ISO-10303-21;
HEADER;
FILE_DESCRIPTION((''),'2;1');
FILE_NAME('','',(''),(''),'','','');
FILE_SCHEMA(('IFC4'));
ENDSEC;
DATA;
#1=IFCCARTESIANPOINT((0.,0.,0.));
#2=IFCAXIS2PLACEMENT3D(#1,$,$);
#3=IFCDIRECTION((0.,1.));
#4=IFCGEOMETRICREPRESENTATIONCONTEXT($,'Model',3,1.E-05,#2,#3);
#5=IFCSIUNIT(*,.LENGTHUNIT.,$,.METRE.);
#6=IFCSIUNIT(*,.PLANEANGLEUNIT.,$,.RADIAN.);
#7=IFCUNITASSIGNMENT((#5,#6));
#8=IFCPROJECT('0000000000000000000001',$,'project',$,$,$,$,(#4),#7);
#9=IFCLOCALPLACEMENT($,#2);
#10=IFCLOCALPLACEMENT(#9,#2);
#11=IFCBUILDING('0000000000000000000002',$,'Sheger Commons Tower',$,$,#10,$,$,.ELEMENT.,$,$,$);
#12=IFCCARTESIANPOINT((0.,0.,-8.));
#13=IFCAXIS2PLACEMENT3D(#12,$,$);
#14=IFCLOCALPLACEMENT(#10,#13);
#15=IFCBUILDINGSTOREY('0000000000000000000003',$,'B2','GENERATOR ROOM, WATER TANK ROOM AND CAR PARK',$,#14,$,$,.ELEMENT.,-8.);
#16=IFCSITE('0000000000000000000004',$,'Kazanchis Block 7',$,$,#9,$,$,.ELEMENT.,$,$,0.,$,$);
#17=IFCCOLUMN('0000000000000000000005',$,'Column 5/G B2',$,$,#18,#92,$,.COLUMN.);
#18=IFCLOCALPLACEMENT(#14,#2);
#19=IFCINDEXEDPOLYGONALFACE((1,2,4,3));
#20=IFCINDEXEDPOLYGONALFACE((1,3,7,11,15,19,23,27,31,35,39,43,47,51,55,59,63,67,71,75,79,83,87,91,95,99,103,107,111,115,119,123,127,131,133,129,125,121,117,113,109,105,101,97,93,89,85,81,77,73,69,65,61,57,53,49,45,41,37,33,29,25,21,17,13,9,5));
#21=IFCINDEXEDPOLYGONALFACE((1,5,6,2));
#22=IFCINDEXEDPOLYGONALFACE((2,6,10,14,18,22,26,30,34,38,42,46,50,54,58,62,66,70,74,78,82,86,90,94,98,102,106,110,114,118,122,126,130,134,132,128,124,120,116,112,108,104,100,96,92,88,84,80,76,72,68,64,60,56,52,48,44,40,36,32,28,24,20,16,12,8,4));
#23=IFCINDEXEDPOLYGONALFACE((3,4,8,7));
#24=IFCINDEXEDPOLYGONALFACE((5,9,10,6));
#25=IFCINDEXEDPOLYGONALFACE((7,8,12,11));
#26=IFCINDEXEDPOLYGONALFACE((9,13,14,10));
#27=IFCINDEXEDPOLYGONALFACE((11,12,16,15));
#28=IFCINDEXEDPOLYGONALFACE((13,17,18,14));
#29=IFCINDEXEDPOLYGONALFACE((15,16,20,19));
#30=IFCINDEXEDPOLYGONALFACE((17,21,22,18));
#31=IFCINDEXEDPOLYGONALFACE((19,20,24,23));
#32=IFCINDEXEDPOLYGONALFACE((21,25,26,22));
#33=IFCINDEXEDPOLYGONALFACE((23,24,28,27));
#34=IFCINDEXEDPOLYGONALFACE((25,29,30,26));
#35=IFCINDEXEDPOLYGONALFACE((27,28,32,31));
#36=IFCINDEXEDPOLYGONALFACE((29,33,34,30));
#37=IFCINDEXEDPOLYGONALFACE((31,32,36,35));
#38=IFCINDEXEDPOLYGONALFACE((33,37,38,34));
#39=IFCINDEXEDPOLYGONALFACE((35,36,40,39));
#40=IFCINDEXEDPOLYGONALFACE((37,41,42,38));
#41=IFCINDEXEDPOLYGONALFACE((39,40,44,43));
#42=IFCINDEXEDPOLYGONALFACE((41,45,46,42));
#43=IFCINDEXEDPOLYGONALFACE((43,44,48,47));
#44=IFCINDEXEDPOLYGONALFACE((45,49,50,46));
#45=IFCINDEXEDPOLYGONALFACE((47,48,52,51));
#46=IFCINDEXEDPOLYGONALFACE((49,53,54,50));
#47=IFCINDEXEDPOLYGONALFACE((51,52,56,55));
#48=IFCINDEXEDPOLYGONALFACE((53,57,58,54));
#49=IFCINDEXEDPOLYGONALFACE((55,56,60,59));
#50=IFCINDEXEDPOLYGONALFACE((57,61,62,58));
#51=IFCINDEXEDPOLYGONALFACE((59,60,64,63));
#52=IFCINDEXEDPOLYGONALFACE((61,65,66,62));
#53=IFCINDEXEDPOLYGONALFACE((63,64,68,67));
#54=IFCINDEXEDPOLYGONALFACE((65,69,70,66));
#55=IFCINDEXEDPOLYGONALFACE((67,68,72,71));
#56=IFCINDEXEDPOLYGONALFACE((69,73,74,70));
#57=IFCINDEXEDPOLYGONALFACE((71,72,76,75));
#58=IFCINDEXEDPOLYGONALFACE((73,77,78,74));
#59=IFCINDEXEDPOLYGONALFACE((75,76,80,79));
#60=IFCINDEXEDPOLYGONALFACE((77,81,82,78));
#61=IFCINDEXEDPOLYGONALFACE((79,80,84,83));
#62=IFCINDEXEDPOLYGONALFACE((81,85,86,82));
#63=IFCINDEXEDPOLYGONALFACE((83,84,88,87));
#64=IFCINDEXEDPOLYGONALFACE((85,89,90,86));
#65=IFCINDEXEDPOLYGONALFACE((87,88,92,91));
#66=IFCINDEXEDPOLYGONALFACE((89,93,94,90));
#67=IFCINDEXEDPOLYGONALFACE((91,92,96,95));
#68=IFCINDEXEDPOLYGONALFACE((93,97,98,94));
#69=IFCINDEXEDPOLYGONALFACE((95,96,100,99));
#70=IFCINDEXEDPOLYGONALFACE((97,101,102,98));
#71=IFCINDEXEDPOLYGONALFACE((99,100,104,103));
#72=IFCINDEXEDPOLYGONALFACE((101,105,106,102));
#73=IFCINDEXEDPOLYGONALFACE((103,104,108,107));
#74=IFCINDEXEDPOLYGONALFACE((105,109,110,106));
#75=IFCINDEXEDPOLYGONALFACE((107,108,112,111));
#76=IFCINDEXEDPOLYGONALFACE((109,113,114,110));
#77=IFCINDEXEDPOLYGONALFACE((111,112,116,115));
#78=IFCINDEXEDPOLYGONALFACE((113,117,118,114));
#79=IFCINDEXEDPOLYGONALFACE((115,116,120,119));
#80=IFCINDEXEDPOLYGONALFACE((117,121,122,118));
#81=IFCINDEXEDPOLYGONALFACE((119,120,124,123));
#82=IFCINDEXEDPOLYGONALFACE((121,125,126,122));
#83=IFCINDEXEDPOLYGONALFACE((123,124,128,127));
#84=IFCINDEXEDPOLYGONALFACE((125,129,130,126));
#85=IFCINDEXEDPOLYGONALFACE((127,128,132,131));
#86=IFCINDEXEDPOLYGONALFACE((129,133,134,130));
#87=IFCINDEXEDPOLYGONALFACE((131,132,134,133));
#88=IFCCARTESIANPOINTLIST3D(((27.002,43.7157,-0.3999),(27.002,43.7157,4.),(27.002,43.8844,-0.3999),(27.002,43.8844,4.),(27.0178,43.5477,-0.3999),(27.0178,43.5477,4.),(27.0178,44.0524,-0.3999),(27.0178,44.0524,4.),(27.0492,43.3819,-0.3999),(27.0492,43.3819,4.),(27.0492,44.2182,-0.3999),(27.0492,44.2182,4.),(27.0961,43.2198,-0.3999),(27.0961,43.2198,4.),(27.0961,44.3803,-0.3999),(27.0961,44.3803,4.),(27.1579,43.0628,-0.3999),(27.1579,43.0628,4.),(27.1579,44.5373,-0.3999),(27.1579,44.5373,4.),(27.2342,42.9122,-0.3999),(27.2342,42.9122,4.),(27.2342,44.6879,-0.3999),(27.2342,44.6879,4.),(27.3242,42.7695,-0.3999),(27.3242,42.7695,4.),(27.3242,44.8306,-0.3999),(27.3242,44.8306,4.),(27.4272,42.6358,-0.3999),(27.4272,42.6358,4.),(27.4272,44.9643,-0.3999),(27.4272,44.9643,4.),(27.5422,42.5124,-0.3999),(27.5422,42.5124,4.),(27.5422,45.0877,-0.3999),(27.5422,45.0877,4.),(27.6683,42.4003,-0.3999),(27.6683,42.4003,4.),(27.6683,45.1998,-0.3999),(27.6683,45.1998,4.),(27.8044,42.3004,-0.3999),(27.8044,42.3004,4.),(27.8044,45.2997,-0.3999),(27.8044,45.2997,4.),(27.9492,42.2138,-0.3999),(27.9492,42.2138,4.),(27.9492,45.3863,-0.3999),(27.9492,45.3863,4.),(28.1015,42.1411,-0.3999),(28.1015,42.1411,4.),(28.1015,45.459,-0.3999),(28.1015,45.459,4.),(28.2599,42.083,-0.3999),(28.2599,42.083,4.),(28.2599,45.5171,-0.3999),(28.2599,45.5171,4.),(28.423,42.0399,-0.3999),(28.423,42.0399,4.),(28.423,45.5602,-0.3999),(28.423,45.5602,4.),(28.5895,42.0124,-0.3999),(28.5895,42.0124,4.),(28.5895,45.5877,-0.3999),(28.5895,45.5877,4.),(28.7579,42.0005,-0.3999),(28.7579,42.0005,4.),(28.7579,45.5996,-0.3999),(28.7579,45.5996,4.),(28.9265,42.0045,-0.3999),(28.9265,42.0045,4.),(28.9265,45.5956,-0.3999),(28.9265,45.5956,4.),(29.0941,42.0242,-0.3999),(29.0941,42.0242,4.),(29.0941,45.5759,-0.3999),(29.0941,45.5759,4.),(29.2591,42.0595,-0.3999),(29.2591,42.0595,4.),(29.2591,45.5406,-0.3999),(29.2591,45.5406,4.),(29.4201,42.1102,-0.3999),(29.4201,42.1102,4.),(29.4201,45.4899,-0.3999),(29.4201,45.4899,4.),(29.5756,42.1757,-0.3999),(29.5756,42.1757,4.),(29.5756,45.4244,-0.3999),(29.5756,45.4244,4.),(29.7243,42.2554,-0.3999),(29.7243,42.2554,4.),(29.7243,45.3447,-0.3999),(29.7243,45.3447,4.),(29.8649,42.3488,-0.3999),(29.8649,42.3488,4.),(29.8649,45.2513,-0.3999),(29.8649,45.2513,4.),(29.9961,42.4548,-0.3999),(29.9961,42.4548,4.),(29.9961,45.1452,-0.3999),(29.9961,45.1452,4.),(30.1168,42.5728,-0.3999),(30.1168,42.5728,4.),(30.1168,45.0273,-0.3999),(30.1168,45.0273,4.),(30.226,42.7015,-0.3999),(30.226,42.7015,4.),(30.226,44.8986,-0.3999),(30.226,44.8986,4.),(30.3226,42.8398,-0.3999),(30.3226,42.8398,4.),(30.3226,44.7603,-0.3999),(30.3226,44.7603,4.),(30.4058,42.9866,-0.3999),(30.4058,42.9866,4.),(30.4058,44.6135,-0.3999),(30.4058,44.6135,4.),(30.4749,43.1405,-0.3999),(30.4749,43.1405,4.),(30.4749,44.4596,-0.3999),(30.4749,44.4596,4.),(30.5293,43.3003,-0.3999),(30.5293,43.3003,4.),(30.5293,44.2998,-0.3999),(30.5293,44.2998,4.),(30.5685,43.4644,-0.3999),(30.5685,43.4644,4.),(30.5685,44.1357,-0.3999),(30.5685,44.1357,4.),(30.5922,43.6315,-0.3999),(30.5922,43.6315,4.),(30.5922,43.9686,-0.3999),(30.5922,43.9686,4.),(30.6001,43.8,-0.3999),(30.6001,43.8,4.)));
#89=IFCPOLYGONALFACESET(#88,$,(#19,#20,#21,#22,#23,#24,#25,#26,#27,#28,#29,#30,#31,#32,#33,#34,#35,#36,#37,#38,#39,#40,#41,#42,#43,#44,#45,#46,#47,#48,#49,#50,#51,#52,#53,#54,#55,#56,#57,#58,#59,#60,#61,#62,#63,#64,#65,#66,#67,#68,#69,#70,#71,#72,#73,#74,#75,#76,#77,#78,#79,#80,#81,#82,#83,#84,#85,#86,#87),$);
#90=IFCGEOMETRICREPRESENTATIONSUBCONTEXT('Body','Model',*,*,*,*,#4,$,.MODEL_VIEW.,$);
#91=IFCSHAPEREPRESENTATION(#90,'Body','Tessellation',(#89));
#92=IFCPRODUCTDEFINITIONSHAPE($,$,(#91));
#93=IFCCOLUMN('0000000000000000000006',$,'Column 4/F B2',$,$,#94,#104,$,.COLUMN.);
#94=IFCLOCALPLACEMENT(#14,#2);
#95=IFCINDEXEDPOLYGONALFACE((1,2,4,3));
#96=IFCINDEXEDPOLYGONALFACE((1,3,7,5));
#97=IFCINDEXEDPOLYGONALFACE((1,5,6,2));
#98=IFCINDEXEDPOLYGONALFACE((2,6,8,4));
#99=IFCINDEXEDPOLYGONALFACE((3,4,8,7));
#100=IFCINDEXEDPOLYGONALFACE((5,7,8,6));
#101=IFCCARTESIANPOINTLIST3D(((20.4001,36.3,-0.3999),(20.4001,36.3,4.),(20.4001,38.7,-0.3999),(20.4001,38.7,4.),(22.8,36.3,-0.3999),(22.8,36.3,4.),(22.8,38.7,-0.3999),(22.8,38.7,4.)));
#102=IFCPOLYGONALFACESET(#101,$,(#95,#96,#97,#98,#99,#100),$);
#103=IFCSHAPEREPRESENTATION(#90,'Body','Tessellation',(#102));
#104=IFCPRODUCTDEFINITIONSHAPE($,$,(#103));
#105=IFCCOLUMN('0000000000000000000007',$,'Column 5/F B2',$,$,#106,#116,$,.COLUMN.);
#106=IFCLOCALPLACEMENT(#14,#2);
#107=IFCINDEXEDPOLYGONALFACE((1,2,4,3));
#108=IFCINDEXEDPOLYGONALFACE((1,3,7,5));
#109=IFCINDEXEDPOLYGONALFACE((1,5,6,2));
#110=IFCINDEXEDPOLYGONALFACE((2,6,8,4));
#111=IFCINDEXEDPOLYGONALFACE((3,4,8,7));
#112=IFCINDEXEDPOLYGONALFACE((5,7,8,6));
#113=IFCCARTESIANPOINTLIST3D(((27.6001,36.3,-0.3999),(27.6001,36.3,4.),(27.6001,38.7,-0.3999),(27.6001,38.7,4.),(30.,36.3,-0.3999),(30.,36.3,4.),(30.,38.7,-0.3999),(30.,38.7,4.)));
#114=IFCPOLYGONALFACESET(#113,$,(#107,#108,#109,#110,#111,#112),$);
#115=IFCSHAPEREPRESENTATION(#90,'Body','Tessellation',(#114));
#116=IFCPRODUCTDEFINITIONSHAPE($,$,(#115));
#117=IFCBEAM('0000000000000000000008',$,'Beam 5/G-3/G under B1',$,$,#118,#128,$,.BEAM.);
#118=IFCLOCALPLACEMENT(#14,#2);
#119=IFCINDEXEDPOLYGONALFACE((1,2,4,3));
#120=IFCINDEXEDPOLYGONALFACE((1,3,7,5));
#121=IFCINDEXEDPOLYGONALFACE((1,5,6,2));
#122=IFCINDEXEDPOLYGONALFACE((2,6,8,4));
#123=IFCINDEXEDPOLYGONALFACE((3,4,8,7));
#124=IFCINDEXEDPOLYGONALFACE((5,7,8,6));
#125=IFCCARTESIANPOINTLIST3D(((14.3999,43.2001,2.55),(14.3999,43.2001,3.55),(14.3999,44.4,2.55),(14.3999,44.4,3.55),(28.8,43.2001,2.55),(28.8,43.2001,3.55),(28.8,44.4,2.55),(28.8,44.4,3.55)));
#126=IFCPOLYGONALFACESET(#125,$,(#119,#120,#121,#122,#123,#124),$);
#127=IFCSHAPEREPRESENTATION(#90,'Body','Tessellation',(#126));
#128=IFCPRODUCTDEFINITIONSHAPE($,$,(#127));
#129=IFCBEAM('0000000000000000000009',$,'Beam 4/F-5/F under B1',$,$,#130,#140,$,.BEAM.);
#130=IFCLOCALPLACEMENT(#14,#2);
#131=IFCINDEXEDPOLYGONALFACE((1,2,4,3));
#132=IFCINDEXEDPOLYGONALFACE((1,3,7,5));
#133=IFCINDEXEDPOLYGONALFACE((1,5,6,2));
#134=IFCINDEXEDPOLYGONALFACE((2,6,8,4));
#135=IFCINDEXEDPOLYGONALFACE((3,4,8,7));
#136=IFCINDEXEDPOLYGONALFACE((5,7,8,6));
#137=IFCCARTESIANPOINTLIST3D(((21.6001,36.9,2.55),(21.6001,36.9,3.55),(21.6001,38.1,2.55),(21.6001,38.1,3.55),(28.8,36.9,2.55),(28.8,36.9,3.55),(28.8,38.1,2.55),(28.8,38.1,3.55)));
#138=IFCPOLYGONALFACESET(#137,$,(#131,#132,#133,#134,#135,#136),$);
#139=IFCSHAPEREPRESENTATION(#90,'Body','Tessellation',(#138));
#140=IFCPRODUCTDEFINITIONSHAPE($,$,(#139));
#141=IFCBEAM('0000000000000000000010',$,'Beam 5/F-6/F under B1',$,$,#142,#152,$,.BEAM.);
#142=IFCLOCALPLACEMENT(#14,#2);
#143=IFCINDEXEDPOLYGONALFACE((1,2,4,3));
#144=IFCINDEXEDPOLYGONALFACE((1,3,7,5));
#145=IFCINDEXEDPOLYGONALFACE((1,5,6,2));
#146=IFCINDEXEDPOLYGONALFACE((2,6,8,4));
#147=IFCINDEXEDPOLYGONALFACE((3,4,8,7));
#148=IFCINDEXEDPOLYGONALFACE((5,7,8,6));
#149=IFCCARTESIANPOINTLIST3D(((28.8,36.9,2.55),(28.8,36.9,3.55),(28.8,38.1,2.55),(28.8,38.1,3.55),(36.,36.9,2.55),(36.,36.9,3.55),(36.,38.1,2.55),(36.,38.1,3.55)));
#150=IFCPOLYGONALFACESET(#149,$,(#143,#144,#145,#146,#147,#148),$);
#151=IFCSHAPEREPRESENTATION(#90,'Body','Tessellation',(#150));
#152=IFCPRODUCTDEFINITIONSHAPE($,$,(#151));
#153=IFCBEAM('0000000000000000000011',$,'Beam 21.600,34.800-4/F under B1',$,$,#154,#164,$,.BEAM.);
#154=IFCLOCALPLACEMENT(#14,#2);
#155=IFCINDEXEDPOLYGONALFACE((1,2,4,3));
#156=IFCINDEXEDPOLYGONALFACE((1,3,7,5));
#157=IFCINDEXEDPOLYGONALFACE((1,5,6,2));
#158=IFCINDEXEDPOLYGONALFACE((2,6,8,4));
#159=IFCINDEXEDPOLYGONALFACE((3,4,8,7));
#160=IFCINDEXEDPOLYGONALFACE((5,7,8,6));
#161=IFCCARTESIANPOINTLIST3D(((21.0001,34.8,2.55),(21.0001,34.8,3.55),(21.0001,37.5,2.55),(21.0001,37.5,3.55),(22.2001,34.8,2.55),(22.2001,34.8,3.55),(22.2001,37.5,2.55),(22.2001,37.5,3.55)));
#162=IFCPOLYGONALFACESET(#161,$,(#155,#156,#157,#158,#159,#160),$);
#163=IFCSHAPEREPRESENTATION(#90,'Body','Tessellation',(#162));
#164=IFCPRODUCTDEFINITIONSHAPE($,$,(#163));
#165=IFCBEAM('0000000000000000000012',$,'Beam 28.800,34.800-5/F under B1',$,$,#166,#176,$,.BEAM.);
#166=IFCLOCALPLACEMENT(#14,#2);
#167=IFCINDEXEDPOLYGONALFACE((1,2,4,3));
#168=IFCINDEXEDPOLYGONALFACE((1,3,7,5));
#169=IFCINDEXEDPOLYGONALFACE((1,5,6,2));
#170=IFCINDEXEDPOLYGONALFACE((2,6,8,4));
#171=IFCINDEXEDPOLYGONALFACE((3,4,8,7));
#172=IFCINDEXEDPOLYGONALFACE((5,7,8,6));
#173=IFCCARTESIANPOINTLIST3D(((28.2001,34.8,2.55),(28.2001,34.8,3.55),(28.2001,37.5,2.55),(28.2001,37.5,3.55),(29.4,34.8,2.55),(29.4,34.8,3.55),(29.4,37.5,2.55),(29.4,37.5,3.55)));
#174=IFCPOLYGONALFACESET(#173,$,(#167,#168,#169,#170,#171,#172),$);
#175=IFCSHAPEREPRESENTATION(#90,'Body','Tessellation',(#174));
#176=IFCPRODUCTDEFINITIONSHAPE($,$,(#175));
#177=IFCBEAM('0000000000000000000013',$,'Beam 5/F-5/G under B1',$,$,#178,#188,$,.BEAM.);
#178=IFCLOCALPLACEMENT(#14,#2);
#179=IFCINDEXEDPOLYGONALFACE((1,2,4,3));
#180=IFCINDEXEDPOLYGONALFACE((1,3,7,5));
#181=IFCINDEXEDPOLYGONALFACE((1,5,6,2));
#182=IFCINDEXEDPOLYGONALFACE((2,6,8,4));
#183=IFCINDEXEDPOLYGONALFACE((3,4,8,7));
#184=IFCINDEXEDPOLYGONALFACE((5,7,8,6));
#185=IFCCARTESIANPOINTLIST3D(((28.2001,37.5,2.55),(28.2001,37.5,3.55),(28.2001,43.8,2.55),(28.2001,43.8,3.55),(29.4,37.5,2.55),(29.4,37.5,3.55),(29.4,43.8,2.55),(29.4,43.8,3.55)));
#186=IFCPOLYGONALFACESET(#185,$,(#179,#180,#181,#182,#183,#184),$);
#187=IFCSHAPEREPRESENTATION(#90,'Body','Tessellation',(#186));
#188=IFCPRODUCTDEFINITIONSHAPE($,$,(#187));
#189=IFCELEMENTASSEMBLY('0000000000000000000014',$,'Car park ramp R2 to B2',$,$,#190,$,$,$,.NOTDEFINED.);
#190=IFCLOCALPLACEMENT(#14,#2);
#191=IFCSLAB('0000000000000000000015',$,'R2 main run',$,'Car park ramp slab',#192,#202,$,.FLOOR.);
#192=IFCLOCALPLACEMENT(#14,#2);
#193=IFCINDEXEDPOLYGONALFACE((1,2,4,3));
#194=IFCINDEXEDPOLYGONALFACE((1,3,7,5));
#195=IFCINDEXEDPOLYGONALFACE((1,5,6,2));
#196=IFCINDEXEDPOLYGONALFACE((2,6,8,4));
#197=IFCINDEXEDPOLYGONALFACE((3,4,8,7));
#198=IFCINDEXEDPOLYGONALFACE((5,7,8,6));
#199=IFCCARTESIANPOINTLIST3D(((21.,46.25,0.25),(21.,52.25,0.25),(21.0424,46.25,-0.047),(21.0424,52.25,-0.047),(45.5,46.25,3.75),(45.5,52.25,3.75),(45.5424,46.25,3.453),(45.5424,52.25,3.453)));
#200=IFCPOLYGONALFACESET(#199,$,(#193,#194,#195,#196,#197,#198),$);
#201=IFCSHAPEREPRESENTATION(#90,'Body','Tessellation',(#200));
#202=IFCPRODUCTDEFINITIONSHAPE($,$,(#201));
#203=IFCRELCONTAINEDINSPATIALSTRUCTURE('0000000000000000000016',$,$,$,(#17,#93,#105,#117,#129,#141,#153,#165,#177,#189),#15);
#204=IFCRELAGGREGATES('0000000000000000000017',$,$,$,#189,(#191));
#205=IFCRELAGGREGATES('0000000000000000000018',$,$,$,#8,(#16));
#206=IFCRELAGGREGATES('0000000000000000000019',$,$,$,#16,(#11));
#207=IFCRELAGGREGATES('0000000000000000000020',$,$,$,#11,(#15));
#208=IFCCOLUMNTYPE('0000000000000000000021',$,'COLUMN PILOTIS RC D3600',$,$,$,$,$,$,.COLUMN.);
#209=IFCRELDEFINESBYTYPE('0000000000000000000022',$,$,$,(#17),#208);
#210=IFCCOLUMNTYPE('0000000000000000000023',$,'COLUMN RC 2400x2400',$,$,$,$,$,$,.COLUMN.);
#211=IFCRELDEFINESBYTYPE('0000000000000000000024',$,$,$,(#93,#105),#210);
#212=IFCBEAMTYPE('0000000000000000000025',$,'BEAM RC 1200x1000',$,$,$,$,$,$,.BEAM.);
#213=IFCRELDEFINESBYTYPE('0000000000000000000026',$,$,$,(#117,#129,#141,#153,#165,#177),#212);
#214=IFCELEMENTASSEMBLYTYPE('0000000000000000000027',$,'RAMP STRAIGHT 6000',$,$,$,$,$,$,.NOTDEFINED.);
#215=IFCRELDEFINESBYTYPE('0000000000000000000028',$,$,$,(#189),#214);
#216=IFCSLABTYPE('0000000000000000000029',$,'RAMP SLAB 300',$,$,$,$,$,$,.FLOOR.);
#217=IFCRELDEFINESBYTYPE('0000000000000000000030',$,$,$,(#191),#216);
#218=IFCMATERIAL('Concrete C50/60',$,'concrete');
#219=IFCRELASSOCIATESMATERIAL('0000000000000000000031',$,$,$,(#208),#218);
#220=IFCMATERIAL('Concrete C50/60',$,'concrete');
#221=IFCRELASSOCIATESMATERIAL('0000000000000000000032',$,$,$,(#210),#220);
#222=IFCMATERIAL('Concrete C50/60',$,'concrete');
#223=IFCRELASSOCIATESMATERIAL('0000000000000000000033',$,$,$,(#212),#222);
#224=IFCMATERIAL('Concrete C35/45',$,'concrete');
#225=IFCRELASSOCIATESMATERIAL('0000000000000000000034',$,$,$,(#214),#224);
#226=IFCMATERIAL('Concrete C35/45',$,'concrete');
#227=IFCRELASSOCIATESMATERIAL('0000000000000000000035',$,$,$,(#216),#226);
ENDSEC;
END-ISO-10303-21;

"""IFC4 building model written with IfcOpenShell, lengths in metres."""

from ifc_helpers import new_model, si_unit, direction, frame, origin, origin_2d, place, context, subcontext, project, spatial, polyline, rectangle, circle, outline, extrude, material, material_profile, profile_set, type_object, element, aggregate, save


model = new_model("IFC4")

# Units and contexts
model_context = context("Model", 3, precision=1e-05, world=origin(), true_north=direction((0.0, 1.0)))
body_context = subcontext(model_context, "Body", "Model", "MODEL_VIEW")
ifc_project = project(units=[si_unit("LENGTHUNIT", "METRE"), si_unit("PLANEANGLEUNIT", "RADIAN")], contexts=[model_context])

# Site, building, storey
site_placement = place(None, origin())
site = spatial("IfcSite", under=ifc_project, at=site_placement, Name="Kazanchis Block 7", CompositionType="ELEMENT", RefElevation=0.0)
building_placement = place(site_placement, origin())
building = spatial("IfcBuilding", under=site, at=building_placement, Name="Sheger Commons Tower", CompositionType="ELEMENT")
storey_placement = place(building_placement, frame((0.0, 0.0, -8.0)))
storey = spatial("IfcBuildingStorey", under=building, at=storey_placement, Name="B2", Description="GENERATOR ROOM, WATER TANK ROOM AND CAR PARK", CompositionType="ELEMENT", Elevation=-8.0)

# Columns
ifc_material_1 = material(Name="Concrete C50/60", Category="concrete")
ifc_material_profile_1 = material_profile(ifc_material_1, circle(Radius=1.8, at=origin_2d()), Name="RC D3600")
ifc_profile_set_1 = profile_set([ifc_material_profile_1], Name="Concrete C50/60")
column_type_1 = type_object("IfcColumnType", Name="COLUMN PILOTIS RC D3600", PredefinedType="COLUMN", material=ifc_profile_set_1)
column_placement = place(storey_placement, frame((28.8, 43.8, -0.3999), z_axis=(0.0, 0.0, 1.0), x_axis=(1.0, 0.0, 0.0)))
element("IfcColumn", 1, at=column_placement, inside=storey, type_object=column_type_1, Name="Column 5/G B2", PredefinedType="COLUMN", context=body_context, shape_type="SweptSolid", body=[
    extrude(circle(Radius=1.8, at=origin_2d()), origin(), (0.0, 0.0, 1.0), 4.3999),
])
ifc_material_2 = material(Name="Concrete C50/60", Category="concrete")
ifc_material_profile_2 = material_profile(ifc_material_2, rectangle(XDim=2.3999, YDim=2.3999, at=origin_2d()), Name="RC 2400x2400")
ifc_profile_set_2 = profile_set([ifc_material_profile_2], Name="Concrete C50/60")
column_type_2 = type_object("IfcColumnType", Name="COLUMN RC 2400x2400", PredefinedType="COLUMN", material=ifc_profile_set_2)
for number, where, z_axis, x_axis, name in (
    (2, (21.6001, 37.5, -0.3999), (0.0, 0.0, 1.0), (1.0, 0.0, 0.0), "Column 4/F B2"),
    (3, (28.8, 37.5, -0.3999), (0.0, 0.0, 1.0), (1.0, 0.0, 0.0), "Column 5/F B2"),
):
    element("IfcColumn", number, at=place(storey_placement, frame(where, z_axis=z_axis, x_axis=x_axis)), inside=storey, type_object=column_type_2, Name=name, PredefinedType="COLUMN", context=body_context, shape_type="SweptSolid", body=[
        extrude(rectangle(XDim=2.3999, YDim=2.3999, at=origin_2d()), origin(), (0.0, 0.0, 1.0), 4.3999),
    ])

# Beams
ifc_material_3 = material(Name="Concrete C50/60", Category="concrete")
ifc_material_profile_3 = material_profile(ifc_material_3, rectangle(XDim=1.2, YDim=1.0, at=origin_2d()), Name="RC 1200x1000")
ifc_profile_set_3 = profile_set([ifc_material_profile_3], Name="Concrete C50/60")
beam_type = type_object("IfcBeamType", Name="BEAM RC 1200x1000", PredefinedType="BEAM", material=ifc_profile_set_3)
beam_1_placement = place(storey_placement, frame((28.8, 43.8, 3.05), z_axis=(-1.0, 0.0, 0.0), x_axis=(0.0, -1.0, 0.0)))
element("IfcBeam", 4, at=beam_1_placement, inside=storey, type_object=beam_type, Name="Beam 5/G-3/G under B1", PredefinedType="BEAM", context=body_context, shape_type="SweptSolid", body=[
    extrude(rectangle(XDim=1.2, YDim=1.0, at=origin_2d()), origin(), (0.0, 0.0, 1.0), 14.4001),
])
for number, where, z_axis, x_axis, name in (
    (5, (21.6001, 37.5, 3.05), (1.0, 0.0, 0.0), (0.0, 1.0, 0.0), "Beam 4/F-5/F under B1"),
    (6, (28.8, 37.5, 3.05), (1.0, 0.0, 0.0), (0.0, 1.0, 0.0), "Beam 5/F-6/F under B1"),
):
    element("IfcBeam", number, at=place(storey_placement, frame(where, z_axis=z_axis, x_axis=x_axis)), inside=storey, type_object=beam_type, Name=name, PredefinedType="BEAM", context=body_context, shape_type="SweptSolid", body=[
        extrude(rectangle(XDim=1.2, YDim=1.0, at=origin_2d()), origin(), (0.0, 0.0, 1.0), 7.2),
    ])
for number, where, z_axis, x_axis, name in (
    (7, (21.6001, 34.8, 3.05), (0.0, 1.0, 0.0), (-1.0, 0.0, 0.0), "Beam 21.600,34.800-4/F under B1"),
    (8, (28.8, 34.8, 3.05), (0.0, 1.0, 0.0), (-1.0, 0.0, 0.0), "Beam 28.800,34.800-5/F under B1"),
):
    element("IfcBeam", number, at=place(storey_placement, frame(where, z_axis=z_axis, x_axis=x_axis)), inside=storey, type_object=beam_type, Name=name, PredefinedType="BEAM", context=body_context, shape_type="SweptSolid", body=[
        extrude(rectangle(XDim=1.2, YDim=1.0, at=origin_2d()), origin(), (0.0, 0.0, 1.0), 2.7),
    ])
beam_2_placement = place(storey_placement, frame((28.8, 37.5, 3.05), z_axis=(0.0, 1.0, 0.0), x_axis=(-1.0, 0.0, 0.0)))
element("IfcBeam", 9, at=beam_2_placement, inside=storey, type_object=beam_type, Name="Beam 5/F-5/G under B1", PredefinedType="BEAM", context=body_context, shape_type="SweptSolid", body=[
    extrude(rectangle(XDim=1.2, YDim=1.0, at=origin_2d()), origin(), (0.0, 0.0, 1.0), 6.3),
])

# Element assembly, slab
ifc_material_4 = material(Name="Concrete C35/45", Category="concrete")
element_assembly_type = type_object("IfcElementAssemblyType", Name="RAMP STRAIGHT 6000", PredefinedType="NOTDEFINED", material=ifc_material_4)
assembly_placement = place(storey_placement, origin())
assembly = element("IfcElementAssembly", 10, at=assembly_placement, inside=storey, type_object=element_assembly_type, Name="Car park ramp R2 to B2", PredefinedType="NOTDEFINED")
ifc_material_5 = material(Name="Concrete C35/45", Category="concrete")
slab_type = type_object("IfcSlabType", Name="RAMP SLAB 300", PredefinedType="FLOOR", material=ifc_material_5)
slab_placement = place(storey_placement, frame((21.0, 46.25, 0.25), z_axis=(-0.141421, 0.0, 0.989949), x_axis=(0.0, 1.0, 0.0)))
slab = element("IfcSlab", 11, at=slab_placement, type_object=slab_type, Name="R2 main run", ObjectType="Car park ramp slab", PredefinedType="FLOOR", context=body_context, shape_type="SweptSolid", body=[
    extrude(outline(polyline([(0.0, 0.0), (6.0, 0.0), (6.0, -24.7487), (0.0, -24.7487), (0.0, 0.0)])), origin(), (0.0, 0.0, -1.0), 0.3),
])
aggregate(assembly, [slab])

save(model, "model.ifc")
